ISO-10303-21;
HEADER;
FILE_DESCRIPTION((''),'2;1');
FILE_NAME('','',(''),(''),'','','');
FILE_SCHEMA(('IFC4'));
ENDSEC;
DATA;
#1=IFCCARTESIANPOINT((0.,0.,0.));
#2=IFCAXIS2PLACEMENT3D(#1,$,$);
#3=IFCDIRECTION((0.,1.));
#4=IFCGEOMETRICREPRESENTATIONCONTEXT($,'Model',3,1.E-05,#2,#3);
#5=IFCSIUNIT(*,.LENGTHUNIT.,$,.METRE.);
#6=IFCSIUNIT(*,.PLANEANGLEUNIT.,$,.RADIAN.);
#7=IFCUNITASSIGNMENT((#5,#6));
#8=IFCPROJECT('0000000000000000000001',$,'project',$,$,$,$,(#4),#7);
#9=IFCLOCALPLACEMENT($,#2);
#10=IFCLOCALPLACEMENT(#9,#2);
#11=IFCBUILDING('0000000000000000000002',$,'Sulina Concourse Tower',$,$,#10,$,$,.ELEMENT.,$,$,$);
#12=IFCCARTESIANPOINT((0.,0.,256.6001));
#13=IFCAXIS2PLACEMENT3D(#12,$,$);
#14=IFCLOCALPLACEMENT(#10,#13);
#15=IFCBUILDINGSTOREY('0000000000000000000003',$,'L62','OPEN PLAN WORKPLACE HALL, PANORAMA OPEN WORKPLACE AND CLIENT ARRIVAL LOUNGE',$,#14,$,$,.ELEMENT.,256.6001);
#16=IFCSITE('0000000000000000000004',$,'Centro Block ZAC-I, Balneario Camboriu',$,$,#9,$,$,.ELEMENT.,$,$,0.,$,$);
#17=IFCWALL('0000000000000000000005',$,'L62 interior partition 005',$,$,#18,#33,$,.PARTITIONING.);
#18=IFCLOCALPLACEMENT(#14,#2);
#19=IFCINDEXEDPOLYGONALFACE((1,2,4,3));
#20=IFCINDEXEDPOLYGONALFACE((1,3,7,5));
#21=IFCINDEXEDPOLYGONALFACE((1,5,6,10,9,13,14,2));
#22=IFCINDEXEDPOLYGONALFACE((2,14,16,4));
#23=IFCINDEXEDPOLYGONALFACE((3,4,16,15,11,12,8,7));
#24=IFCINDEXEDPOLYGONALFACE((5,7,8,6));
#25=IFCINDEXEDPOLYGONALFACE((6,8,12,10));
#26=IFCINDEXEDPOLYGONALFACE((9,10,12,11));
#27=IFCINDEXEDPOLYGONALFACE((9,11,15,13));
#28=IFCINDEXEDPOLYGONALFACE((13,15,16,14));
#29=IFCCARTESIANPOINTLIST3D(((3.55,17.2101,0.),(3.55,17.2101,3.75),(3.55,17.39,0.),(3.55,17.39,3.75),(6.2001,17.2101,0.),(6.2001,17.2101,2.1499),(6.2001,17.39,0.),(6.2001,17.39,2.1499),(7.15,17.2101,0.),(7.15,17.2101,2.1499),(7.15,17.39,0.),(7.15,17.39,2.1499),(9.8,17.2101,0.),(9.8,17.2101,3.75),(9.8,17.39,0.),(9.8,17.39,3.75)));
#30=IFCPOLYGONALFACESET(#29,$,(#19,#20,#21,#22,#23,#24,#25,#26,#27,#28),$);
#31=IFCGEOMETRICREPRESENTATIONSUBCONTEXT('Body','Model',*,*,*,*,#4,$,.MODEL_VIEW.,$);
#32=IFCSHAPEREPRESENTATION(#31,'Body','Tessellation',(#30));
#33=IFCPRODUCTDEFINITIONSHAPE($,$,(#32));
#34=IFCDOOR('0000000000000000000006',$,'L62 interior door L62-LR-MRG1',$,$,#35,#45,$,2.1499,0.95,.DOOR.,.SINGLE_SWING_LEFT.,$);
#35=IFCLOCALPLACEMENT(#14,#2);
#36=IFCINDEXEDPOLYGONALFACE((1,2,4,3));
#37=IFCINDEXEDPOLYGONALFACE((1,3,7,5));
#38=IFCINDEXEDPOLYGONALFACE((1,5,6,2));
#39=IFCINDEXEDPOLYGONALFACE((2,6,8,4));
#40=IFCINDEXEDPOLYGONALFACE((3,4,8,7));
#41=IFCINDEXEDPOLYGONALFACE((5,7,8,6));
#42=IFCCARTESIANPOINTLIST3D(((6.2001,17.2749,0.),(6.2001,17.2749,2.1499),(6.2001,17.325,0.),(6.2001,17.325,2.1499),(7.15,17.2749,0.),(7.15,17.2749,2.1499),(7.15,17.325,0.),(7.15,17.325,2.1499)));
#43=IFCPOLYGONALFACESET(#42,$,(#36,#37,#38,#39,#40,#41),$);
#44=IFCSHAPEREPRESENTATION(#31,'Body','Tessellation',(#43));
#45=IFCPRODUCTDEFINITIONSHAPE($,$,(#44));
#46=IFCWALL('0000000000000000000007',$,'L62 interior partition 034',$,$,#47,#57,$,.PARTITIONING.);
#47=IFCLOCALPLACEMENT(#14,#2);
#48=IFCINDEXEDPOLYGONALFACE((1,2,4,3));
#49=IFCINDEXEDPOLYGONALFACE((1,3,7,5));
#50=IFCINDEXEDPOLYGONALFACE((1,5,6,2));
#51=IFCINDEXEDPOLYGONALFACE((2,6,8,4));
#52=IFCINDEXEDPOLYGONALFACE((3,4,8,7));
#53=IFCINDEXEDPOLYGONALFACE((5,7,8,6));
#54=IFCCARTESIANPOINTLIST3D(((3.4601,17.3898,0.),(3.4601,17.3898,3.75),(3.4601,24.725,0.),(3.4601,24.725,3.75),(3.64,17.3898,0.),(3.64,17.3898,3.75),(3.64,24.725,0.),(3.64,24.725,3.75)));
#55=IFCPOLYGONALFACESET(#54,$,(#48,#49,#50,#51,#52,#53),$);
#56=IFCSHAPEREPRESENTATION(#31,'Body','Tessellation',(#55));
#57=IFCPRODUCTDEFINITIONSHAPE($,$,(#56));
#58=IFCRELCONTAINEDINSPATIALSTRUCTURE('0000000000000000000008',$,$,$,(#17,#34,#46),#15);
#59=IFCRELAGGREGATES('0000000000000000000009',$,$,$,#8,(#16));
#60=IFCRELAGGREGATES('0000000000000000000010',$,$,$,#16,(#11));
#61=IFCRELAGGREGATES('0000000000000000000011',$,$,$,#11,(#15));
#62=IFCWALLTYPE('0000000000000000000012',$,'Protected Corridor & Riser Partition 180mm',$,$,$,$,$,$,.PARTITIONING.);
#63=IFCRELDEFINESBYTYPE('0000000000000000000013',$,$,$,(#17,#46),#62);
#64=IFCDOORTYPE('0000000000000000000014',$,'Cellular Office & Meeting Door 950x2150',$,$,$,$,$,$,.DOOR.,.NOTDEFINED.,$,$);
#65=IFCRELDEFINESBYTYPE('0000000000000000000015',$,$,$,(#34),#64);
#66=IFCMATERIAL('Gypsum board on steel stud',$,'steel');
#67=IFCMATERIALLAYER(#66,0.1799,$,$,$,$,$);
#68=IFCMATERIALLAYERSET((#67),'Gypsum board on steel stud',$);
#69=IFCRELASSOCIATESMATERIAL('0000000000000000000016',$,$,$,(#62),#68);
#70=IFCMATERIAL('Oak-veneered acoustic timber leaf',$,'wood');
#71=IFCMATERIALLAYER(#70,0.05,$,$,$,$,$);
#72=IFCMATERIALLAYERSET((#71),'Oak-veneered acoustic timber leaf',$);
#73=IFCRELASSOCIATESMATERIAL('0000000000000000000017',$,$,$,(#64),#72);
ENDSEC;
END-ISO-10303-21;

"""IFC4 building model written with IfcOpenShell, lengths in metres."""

from ifc_helpers import new_model, si_unit, direction, frame, frame_2d, origin, place, context, subcontext, project, spatial, rectangle, extrude, material, layer, layer_set, type_object, element, fill, save


model = new_model("IFC4")

# Units and contexts
model_context = context("Model", 3, precision=1e-05, world=origin(), true_north=direction((0.0, 1.0)))
body_context = subcontext(model_context, "Body", "Model", "MODEL_VIEW")
ifc_project = project(units=[si_unit("LENGTHUNIT", "METRE"), si_unit("PLANEANGLEUNIT", "RADIAN")], contexts=[model_context])

# Site, building, storey
site_placement = place(None, origin())
site = spatial("IfcSite", under=ifc_project, at=site_placement, Name="Centro Block ZAC-I, Balneario Camboriu", CompositionType="ELEMENT", RefElevation=0.0)
building_placement = place(site_placement, origin())
building = spatial("IfcBuilding", under=site, at=building_placement, Name="Sulina Concourse Tower", CompositionType="ELEMENT")
storey_placement = place(building_placement, frame((0.0, 0.0, 256.6001)))
storey = spatial("IfcBuildingStorey", under=building, at=storey_placement, Name="L62", Description="OPEN PLAN WORKPLACE HALL, PANORAMA OPEN WORKPLACE AND CLIENT ARRIVAL LOUNGE", CompositionType="ELEMENT", Elevation=256.6001)

# Wall, opening, door
ifc_material_1 = material(Name="Gypsum board on steel stud", Category="steel")
ifc_layer_1 = layer(ifc_material_1, 0.1799)
ifc_layer_set_1 = layer_set([ifc_layer_1], Name="Gypsum board on steel stud")
wall_type_1 = type_object("IfcWallType", Name="Protected Corridor & Riser Partition 180mm", PredefinedType="PARTITIONING", material=ifc_layer_set_1)
ifc_material_2 = material(Name="Oak-veneered acoustic timber leaf", Category="wood")
ifc_layer_2 = layer(ifc_material_2, 0.05)
ifc_layer_set_2 = layer_set([ifc_layer_2], Name="Oak-veneered acoustic timber leaf")
door_type_1 = type_object("IfcDoorType", Name="Cellular Office & Meeting Door 950x2150", OperationType="NOTDEFINED", PredefinedType="DOOR", material=ifc_layer_set_2)
wall_1_placement = place(storey_placement, frame((3.55, 17.3, 0.0), z_axis=(0.0, 0.0, 1.0), x_axis=(1.0, 0.0, 0.0)))
wall_1 = element("IfcWall", 1, at=wall_1_placement, inside=storey, type_object=wall_type_1, Name="L62 interior partition 005", PredefinedType="PARTITIONING", context=body_context, shape_type="SweptSolid", body=[
    extrude(rectangle(XDim=6.25, YDim=0.1799, at=frame_2d((3.125, 0.0))), origin(), (0.0, 0.0, 1.0), 3.75),
])
opening_1_placement = place(wall_1_placement, frame((2.6499, 0.0, 0.0)))
opening_1 = element("IfcOpeningElement", 2, at=opening_1_placement, cuts=wall_1, PredefinedType="OPENING", context=body_context, shape_type="SweptSolid", body=[
    extrude(rectangle(XDim=0.95, YDim=2.1499, at=frame_2d((0.4751, 1.075))), frame((0.0, 0.0999, 0.0), z_axis=(0.0, -1.0, 0.0), x_axis=(1.0, 0.0, 0.0)), (0.0, 0.0, 1.0), 0.2),
])
door_1_placement = place(opening_1_placement, origin())
door_1 = element("IfcDoor", 3, at=door_1_placement, inside=storey, type_object=door_type_1, Name="L62 interior door L62-LR-MRG1", OperationType="SINGLE_SWING_LEFT", OverallHeight=2.1499, OverallWidth=0.95, PredefinedType="DOOR", context=body_context, shape_type="SweptSolid", body=[
    extrude(rectangle(XDim=0.95, YDim=2.1499, at=frame_2d((0.4751, 1.075))), frame((0.0, 0.0249, 0.0), z_axis=(0.0, -1.0, 0.0), x_axis=(1.0, 0.0, 0.0)), (0.0, 0.0, 1.0), 0.05),
])
fill(opening_1, door_1)

# Wall
wall_2_placement = place(storey_placement, frame((3.55, 17.3899, 0.0), z_axis=(0.0, 0.0, 1.0), x_axis=(0.0, 1.0, 0.0)))
element("IfcWall", 4, at=wall_2_placement, inside=storey, type_object=wall_type_1, Name="L62 interior partition 034", PredefinedType="PARTITIONING", context=body_context, shape_type="SweptSolid", body=[
    extrude(rectangle(XDim=7.3352, YDim=0.1799, at=frame_2d((3.6675, 0.0))), origin(), (0.0, 0.0, 1.0), 3.75),
])

save(model, "model.ifc")
